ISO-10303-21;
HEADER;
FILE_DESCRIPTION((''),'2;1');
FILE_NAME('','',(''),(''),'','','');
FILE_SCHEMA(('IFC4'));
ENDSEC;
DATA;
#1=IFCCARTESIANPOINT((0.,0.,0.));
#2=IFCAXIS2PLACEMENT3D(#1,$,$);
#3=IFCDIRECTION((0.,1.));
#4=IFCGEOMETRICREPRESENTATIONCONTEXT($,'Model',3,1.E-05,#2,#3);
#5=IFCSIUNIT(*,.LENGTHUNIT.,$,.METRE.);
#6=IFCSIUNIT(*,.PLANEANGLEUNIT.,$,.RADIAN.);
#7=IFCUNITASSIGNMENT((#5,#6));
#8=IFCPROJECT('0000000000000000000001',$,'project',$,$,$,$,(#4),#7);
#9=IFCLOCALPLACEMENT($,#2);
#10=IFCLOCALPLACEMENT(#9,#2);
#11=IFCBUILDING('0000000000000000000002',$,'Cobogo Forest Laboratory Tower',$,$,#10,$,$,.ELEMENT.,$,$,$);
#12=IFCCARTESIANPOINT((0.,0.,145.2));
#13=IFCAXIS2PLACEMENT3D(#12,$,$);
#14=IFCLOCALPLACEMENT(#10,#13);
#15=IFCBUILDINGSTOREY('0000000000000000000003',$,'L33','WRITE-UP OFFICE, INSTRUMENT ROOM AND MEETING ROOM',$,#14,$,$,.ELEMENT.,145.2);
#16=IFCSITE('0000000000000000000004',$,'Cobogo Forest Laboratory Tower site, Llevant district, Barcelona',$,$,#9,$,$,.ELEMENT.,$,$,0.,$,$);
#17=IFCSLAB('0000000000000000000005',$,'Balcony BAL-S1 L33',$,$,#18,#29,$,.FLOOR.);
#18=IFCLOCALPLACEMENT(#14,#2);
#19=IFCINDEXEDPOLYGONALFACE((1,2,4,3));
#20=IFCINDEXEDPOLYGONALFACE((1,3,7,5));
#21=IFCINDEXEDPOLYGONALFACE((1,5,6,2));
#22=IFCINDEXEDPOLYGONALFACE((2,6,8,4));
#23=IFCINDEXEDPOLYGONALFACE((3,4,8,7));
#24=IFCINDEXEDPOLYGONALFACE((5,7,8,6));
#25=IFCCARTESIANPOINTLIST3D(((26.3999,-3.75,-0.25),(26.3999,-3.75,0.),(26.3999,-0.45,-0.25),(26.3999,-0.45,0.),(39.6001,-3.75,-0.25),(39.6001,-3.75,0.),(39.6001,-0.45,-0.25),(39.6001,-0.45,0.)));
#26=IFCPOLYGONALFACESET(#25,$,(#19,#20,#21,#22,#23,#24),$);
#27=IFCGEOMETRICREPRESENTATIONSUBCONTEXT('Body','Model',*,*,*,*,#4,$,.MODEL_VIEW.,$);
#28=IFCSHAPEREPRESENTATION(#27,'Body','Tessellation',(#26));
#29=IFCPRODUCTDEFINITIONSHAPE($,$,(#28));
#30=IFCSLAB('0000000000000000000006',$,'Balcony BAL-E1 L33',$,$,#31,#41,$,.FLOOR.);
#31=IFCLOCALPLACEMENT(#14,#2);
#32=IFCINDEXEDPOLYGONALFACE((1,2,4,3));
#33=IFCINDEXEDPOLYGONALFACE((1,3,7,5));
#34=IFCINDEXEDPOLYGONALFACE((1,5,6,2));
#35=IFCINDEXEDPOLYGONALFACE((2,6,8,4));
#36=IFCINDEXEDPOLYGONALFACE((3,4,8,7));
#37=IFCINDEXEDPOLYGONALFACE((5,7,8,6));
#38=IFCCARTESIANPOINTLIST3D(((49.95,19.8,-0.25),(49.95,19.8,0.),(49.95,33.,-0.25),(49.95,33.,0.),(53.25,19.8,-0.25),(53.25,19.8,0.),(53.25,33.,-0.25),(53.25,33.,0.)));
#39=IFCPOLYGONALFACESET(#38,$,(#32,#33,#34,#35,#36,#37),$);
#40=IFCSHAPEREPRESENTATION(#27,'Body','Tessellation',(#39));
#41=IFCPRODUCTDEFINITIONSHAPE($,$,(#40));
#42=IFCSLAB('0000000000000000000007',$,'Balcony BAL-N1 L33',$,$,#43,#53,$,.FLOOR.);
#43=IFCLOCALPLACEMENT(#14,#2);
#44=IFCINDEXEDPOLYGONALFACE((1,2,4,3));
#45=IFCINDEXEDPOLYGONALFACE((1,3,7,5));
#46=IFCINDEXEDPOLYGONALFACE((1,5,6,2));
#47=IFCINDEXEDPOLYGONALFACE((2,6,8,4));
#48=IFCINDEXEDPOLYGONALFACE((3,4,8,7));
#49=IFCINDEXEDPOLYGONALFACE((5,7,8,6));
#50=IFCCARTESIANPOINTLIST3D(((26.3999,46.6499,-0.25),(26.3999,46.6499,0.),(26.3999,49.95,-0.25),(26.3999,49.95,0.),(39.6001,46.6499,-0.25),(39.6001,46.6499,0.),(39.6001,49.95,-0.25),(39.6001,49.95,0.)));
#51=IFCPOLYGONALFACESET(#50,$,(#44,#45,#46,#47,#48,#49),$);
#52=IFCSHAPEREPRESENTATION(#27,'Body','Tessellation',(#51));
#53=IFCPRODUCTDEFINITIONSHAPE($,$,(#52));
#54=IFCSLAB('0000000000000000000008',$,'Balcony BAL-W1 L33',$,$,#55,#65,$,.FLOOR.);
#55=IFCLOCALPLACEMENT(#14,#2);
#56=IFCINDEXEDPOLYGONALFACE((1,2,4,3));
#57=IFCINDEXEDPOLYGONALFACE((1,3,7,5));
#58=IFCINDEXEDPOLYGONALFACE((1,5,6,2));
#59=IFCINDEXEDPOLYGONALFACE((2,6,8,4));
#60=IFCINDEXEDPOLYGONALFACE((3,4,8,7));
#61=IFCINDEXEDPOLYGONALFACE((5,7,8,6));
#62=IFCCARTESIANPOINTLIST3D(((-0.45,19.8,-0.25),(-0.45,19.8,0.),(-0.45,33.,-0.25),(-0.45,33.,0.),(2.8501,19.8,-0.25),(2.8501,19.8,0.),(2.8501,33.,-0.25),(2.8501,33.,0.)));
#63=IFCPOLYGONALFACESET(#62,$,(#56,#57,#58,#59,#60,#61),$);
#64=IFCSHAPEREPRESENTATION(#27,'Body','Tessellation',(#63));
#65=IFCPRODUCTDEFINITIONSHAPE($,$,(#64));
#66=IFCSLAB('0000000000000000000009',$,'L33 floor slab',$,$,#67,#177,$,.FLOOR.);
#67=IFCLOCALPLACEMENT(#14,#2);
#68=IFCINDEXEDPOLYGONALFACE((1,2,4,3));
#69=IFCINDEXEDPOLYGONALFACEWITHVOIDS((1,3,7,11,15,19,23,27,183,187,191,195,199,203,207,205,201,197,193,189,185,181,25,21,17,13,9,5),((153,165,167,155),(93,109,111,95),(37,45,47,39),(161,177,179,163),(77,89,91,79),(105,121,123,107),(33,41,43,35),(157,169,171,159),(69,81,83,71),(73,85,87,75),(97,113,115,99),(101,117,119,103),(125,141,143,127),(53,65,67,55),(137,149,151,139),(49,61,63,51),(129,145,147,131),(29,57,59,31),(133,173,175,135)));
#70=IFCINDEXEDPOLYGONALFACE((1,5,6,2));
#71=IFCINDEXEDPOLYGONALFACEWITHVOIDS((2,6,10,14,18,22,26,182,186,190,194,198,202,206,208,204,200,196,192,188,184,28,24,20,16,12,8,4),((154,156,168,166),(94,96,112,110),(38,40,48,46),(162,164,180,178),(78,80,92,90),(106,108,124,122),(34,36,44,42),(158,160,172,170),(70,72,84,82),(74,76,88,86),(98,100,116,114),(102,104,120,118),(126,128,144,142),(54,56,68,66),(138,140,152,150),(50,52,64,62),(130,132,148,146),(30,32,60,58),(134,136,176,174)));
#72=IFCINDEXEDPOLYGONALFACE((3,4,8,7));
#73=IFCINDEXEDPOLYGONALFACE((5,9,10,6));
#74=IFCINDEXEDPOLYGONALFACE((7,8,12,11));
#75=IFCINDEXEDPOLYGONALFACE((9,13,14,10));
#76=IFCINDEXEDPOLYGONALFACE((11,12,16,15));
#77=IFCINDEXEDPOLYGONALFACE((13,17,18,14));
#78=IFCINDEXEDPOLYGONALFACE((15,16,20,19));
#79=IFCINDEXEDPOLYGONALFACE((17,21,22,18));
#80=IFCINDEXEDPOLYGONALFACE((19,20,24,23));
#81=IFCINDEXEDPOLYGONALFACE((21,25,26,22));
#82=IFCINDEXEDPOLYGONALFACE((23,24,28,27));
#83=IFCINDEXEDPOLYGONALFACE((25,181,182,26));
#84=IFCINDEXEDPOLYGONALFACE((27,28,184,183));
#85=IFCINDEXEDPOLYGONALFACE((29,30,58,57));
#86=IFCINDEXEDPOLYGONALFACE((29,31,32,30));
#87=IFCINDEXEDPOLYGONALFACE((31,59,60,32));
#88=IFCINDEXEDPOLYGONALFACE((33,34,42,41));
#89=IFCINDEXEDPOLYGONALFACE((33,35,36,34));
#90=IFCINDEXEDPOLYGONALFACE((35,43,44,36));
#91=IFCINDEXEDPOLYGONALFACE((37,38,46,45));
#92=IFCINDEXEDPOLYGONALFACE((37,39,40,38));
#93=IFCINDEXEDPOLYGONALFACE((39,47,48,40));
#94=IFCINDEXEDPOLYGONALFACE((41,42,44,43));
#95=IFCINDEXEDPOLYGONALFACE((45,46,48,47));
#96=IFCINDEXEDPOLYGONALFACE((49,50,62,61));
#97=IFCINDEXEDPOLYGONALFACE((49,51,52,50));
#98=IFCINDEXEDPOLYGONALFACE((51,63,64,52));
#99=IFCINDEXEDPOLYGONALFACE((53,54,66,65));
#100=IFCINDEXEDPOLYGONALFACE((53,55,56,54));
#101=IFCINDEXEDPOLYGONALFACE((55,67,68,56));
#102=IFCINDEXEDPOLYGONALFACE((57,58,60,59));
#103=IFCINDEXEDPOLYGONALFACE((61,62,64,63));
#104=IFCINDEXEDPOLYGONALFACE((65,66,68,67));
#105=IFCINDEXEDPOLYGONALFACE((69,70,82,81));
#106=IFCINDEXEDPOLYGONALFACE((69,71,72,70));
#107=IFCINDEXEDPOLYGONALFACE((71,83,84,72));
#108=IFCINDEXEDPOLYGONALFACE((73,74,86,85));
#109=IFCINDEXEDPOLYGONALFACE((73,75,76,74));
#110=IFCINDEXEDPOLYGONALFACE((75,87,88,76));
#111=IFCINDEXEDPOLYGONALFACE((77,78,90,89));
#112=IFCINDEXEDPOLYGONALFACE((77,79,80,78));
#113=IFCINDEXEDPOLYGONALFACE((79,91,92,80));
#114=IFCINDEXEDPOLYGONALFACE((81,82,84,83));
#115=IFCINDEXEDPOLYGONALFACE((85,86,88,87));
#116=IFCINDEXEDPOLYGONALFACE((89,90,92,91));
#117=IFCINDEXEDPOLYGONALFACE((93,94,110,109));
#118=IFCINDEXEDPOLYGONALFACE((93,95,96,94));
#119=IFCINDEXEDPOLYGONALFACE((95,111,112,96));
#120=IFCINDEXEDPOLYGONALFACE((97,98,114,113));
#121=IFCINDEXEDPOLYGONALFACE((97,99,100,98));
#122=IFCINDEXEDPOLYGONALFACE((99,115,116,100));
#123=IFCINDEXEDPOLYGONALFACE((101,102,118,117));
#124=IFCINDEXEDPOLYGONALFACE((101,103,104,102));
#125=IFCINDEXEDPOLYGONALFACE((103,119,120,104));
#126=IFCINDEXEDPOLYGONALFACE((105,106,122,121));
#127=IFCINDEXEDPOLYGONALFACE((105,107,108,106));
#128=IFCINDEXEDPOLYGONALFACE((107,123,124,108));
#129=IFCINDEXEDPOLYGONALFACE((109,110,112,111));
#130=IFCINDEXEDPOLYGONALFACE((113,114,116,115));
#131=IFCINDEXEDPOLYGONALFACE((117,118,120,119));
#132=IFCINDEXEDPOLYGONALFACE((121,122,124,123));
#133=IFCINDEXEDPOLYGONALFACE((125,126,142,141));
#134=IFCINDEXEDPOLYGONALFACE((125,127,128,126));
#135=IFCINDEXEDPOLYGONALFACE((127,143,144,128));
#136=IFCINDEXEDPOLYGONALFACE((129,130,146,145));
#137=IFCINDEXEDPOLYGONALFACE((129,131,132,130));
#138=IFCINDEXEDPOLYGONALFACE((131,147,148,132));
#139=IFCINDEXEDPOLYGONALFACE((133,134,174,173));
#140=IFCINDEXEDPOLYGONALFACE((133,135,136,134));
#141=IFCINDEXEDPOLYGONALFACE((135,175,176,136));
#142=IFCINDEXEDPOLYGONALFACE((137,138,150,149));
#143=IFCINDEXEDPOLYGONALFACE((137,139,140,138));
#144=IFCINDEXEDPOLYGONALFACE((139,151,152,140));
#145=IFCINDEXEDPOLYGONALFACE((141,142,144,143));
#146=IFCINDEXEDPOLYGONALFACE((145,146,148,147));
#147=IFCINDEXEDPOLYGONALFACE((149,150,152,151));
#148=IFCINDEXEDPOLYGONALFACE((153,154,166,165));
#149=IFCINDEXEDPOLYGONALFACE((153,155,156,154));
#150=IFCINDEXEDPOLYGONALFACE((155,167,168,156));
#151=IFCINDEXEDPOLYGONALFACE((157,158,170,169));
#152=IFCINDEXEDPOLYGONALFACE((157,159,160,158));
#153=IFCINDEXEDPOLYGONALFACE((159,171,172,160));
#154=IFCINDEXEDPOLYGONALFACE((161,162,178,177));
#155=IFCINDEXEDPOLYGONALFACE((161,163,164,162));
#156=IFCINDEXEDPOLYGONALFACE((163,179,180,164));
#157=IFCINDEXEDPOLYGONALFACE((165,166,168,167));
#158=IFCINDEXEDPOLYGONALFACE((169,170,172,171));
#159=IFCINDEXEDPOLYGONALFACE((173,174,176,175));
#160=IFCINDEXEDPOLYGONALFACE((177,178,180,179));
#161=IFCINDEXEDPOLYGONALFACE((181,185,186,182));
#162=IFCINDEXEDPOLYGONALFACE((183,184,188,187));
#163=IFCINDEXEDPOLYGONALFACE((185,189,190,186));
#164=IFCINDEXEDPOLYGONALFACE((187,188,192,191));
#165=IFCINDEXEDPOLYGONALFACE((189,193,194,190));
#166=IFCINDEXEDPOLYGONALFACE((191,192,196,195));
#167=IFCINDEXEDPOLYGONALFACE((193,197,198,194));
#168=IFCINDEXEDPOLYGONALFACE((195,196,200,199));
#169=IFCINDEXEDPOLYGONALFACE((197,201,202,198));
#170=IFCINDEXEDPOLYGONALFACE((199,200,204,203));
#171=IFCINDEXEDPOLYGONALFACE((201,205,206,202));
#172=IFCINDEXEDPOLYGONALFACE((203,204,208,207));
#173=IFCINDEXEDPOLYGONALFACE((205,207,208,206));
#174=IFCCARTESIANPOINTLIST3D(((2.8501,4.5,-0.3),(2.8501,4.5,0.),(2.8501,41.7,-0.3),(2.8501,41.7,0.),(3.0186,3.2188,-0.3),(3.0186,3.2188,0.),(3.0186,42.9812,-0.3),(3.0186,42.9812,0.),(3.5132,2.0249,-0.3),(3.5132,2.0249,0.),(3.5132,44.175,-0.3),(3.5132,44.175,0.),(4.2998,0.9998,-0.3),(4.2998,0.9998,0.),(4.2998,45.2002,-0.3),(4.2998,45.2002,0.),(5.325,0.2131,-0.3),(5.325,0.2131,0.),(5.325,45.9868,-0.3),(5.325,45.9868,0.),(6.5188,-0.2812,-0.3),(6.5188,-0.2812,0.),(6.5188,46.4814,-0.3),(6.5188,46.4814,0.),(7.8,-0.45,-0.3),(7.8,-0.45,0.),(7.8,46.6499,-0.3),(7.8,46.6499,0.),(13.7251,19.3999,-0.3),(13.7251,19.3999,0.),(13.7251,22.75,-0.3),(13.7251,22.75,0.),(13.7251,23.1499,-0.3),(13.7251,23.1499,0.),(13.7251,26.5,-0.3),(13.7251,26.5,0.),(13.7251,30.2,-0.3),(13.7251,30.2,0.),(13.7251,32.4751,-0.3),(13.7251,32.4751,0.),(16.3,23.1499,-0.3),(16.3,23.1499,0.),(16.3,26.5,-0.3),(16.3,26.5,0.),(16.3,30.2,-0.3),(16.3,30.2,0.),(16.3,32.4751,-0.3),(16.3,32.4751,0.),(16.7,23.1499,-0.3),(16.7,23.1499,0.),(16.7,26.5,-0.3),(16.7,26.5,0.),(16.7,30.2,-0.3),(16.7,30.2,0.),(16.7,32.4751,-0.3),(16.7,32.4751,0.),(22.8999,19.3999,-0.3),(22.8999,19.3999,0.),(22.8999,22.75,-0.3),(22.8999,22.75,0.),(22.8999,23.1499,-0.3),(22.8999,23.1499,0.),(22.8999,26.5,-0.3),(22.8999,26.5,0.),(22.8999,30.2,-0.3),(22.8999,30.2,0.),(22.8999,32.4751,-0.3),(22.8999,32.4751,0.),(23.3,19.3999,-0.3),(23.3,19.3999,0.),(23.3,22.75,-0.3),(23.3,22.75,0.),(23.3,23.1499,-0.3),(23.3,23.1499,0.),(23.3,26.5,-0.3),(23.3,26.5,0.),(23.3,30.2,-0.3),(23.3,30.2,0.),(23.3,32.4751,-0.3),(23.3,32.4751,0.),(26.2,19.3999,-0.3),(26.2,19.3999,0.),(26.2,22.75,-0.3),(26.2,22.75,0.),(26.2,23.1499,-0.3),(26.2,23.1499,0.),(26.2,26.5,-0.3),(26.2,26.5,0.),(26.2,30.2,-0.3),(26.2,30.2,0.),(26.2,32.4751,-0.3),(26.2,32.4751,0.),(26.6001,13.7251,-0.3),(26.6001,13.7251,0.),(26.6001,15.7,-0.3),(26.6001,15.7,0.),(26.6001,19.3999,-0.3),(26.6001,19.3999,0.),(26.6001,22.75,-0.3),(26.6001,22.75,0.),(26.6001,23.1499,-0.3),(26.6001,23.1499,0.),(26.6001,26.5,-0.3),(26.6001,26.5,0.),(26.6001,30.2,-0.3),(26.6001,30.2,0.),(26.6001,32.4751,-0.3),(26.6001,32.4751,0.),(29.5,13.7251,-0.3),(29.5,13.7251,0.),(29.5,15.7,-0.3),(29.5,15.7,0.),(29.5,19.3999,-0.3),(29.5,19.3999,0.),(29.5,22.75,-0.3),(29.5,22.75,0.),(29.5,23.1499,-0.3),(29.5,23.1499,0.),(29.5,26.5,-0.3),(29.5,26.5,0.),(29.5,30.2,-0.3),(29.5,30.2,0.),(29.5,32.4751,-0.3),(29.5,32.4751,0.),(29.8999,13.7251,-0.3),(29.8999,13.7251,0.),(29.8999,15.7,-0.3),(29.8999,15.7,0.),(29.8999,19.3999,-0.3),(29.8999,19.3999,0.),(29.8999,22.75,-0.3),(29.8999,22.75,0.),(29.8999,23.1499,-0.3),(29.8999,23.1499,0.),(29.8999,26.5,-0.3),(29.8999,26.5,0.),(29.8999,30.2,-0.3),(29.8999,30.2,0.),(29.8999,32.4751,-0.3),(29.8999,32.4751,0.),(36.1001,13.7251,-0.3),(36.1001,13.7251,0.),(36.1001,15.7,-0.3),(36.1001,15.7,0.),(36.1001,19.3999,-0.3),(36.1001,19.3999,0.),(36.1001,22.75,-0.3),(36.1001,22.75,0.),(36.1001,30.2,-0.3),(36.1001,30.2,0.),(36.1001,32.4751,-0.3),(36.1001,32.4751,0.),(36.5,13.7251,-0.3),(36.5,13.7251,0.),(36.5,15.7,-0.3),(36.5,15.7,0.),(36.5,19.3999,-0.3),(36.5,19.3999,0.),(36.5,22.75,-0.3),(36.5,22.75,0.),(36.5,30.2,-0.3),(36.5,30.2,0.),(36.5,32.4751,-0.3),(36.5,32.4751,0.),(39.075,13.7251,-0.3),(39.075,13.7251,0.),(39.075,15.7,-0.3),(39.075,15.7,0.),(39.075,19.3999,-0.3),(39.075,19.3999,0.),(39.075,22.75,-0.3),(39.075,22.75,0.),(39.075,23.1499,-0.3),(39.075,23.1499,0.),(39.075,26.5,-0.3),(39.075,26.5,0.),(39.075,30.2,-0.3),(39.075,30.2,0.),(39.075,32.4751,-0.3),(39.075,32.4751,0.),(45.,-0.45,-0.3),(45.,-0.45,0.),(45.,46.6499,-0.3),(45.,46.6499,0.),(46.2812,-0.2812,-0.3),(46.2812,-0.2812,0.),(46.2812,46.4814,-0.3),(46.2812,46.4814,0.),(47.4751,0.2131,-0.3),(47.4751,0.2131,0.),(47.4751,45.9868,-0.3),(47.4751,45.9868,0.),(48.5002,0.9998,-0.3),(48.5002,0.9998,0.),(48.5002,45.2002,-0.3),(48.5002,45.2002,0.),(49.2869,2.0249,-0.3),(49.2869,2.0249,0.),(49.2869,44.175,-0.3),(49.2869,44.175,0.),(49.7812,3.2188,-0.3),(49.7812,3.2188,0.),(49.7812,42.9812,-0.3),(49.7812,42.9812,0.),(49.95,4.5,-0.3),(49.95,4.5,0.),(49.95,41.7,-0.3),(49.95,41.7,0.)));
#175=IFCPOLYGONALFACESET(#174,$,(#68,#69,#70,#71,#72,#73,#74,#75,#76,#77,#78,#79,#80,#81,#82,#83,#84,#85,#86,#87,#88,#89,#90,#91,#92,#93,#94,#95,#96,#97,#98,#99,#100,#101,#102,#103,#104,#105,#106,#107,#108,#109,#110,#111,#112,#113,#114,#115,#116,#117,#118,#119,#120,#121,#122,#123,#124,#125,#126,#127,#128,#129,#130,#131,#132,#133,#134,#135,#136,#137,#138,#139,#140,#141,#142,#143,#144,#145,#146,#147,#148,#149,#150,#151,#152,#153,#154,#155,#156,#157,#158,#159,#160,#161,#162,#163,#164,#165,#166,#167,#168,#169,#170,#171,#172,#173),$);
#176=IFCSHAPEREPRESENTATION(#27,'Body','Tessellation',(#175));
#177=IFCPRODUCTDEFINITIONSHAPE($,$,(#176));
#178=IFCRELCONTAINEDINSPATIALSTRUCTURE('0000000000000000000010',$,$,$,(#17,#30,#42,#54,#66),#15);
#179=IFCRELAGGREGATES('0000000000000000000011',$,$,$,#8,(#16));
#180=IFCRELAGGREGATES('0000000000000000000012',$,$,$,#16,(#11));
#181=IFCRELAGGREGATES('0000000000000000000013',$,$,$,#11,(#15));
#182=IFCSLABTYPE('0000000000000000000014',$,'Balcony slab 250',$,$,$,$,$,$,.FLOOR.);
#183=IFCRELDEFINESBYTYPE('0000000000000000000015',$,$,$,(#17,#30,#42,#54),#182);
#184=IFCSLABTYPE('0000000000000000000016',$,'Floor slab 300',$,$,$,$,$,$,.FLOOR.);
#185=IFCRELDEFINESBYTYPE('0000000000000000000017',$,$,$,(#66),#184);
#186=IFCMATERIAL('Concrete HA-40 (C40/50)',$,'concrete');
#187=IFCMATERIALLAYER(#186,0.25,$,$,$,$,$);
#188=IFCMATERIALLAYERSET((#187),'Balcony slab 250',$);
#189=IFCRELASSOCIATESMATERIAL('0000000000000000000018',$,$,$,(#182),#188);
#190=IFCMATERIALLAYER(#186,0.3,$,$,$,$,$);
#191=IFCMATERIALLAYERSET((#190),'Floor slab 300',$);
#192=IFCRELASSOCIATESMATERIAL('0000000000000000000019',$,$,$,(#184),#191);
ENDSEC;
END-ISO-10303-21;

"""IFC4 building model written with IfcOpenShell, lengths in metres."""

from ifc_helpers import new_model, si_unit, direction, frame, origin, place, context, subcontext, project, spatial, polyline, outline, extrude, material, layer, layer_set, type_object, element, save


model = new_model("IFC4")

# Units and contexts
model_context = context("Model", 3, precision=1e-05, world=origin(), true_north=direction((0.0, 1.0)))
body_context = subcontext(model_context, "Body", "Model", "MODEL_VIEW")
ifc_project = project(units=[si_unit("LENGTHUNIT", "METRE"), si_unit("PLANEANGLEUNIT", "RADIAN")], contexts=[model_context])

# Site, building, storey
site_placement = place(None, origin())
site = spatial("IfcSite", under=ifc_project, at=site_placement, Name="Cobogo Forest Laboratory Tower site, Llevant district, Barcelona", CompositionType="ELEMENT", RefElevation=0.0)
building_placement = place(site_placement, origin())
building = spatial("IfcBuilding", under=site, at=building_placement, Name="Cobogo Forest Laboratory Tower", CompositionType="ELEMENT")
storey_placement = place(building_placement, frame((0.0, 0.0, 145.2)))
storey = spatial("IfcBuildingStorey", under=building, at=storey_placement, Name="L33", Description="WRITE-UP OFFICE, INSTRUMENT ROOM AND MEETING ROOM", CompositionType="ELEMENT", Elevation=145.2)

# Slabs
ifc_material_1 = material(Name="Concrete HA-40 (C40/50)", Category="concrete")
ifc_layer_1 = layer(ifc_material_1, 0.25)
ifc_layer_set_1 = layer_set([ifc_layer_1], Name="Balcony slab 250")
slab_type_1 = type_object("IfcSlabType", Name="Balcony slab 250", PredefinedType="FLOOR", material=ifc_layer_set_1)
slab_1_placement = place(storey_placement, frame((0.0, 0.0, -0.25)))
element("IfcSlab", 1, at=slab_1_placement, inside=storey, type_object=slab_type_1, Name="Balcony BAL-S1 L33", PredefinedType="FLOOR", context=body_context, shape_type="SweptSolid", body=[
    extrude(outline(polyline([(26.3999, -3.75), (39.6001, -3.75), (39.6001, -0.45), (26.3999, -0.45), (26.3999, -3.75)])), origin(), (0.0, 0.0, 1.0), 0.25),
])
slab_2_placement = place(storey_placement, frame((0.0, 0.0, -0.25)))
element("IfcSlab", 2, at=slab_2_placement, inside=storey, type_object=slab_type_1, Name="Balcony BAL-E1 L33", PredefinedType="FLOOR", context=body_context, shape_type="SweptSolid", body=[
    extrude(outline(polyline([(49.95, 19.8), (53.25, 19.8), (53.25, 33.0), (49.95, 33.0), (49.95, 19.8)])), origin(), (0.0, 0.0, 1.0), 0.25),
])
slab_3_placement = place(storey_placement, frame((0.0, 0.0, -0.25)))
element("IfcSlab", 3, at=slab_3_placement, inside=storey, type_object=slab_type_1, Name="Balcony BAL-N1 L33", PredefinedType="FLOOR", context=body_context, shape_type="SweptSolid", body=[
    extrude(outline(polyline([(26.3999, 46.6499), (39.6001, 46.6499), (39.6001, 49.95), (26.3999, 49.95), (26.3999, 46.6499)])), origin(), (0.0, 0.0, 1.0), 0.25),
])
slab_4_placement = place(storey_placement, frame((0.0, 0.0, -0.25)))
element("IfcSlab", 4, at=slab_4_placement, inside=storey, type_object=slab_type_1, Name="Balcony BAL-W1 L33", PredefinedType="FLOOR", context=body_context, shape_type="SweptSolid", body=[
    extrude(outline(polyline([(-0.45, 19.8), (2.8501, 19.8), (2.8501, 33.0), (-0.45, 33.0), (-0.45, 19.8)])), origin(), (0.0, 0.0, 1.0), 0.25),
])
ifc_layer_2 = layer(ifc_material_1, 0.3)
ifc_layer_set_2 = layer_set([ifc_layer_2], Name="Floor slab 300")
slab_type_2 = type_object("IfcSlabType", Name="Floor slab 300", PredefinedType="FLOOR", material=ifc_layer_set_2)
slab_5_placement = place(storey_placement, frame((0.0, 0.0, -0.3)))
element("IfcSlab", 5, at=slab_5_placement, inside=storey, type_object=slab_type_2, Name="L33 floor slab", PredefinedType="FLOOR", context=body_context, shape_type="SweptSolid", body=[
    extrude(outline(polyline([(45.0, -0.45), (46.2812, -0.2812), (47.4751, 0.2131), (48.5002, 0.9998), (49.2869, 2.0249), (49.7812, 3.2188), (49.95, 4.5), (49.95, 41.7), (49.7812, 42.9812), (49.2869, 44.175), (48.5002, 45.2002), (47.4751, 45.9868), (46.2812, 46.4814), (45.0, 46.6499), (7.8, 46.6499), (6.5188, 46.4814), (5.325, 45.9868), (4.2998, 45.2002), (3.5132, 44.175), (3.0186, 42.9812), (2.8501, 41.7), (2.8501, 4.5), (3.0186, 3.2188), (3.5132, 2.0249), (4.2998, 0.9998), (5.325, 0.2131), (6.5188, -0.2812), (7.8, -0.45), (45.0, -0.45)]), holes=[polyline([(29.5, 13.7251), (26.6001, 13.7251), (26.6001, 15.7), (29.5, 15.7), (29.5, 13.7251)]), polyline([(36.1001, 15.7), (36.1001, 13.7251), (29.8999, 13.7251), (29.8999, 15.7), (36.1001, 15.7)]), polyline([(36.5, 13.7251), (36.5, 15.7), (39.075, 15.7), (39.075, 13.7251), (36.5, 13.7251)]), polyline([(13.7251, 19.3999), (13.7251, 22.75), (22.8999, 22.75), (22.8999, 19.3999), (13.7251, 19.3999)]), polyline([(23.3, 19.3999), (23.3, 22.75), (26.2, 22.75), (26.2, 19.3999), (23.3, 19.3999)]), polyline([(29.5, 19.3999), (26.6001, 19.3999), (26.6001, 22.75), (29.5, 22.75), (29.5, 19.3999)]), polyline([(36.1001, 22.75), (36.1001, 19.3999), (29.8999, 19.3999), (29.8999, 22.75), (36.1001, 22.75)]), polyline([(39.075, 19.3999), (36.5, 19.3999), (36.5, 22.75), (39.075, 22.75), (39.075, 19.3999)]), polyline([(16.3, 23.1499), (13.7251, 23.1499), (13.7251, 26.5), (16.3, 26.5), (16.3, 23.1499)]), polyline([(22.8999, 26.5), (22.8999, 23.1499), (16.7, 23.1499), (16.7, 26.5), (22.8999, 26.5)]), polyline([(26.2, 23.1499), (23.3, 23.1499), (23.3, 26.5), (26.2, 26.5), (26.2, 23.1499)]), polyline([(26.6001, 23.1499), (26.6001, 26.5), (29.5, 26.5), (29.5, 23.1499), (26.6001, 23.1499)]), polyline([(29.8999, 23.1499), (29.8999, 26.5), (39.075, 26.5), (39.075, 23.1499), (29.8999, 23.1499)]), polyline([(13.7251, 30.2), (13.7251, 32.4751), (16.3, 32.4751), (16.3, 30.2), (13.7251, 30.2)]), polyline([(22.8999, 32.4751), (22.8999, 30.2), (16.7, 30.2), (16.7, 32.4751), (22.8999, 32.4751)]), polyline([(23.3, 30.2), (23.3, 32.4751), (26.2, 32.4751), (26.2, 30.2), (23.3, 30.2)]), polyline([(26.6001, 30.2), (26.6001, 32.4751), (29.5, 32.4751), (29.5, 30.2), (26.6001, 30.2)]), polyline([(36.1001, 32.4751), (36.1001, 30.2), (29.8999, 30.2), (29.8999, 32.4751), (36.1001, 32.4751)]), polyline([(36.5, 30.2), (36.5, 32.4751), (39.075, 32.4751), (39.075, 30.2), (36.5, 30.2)])]), origin(), (0.0, 0.0, 1.0), 0.3),
])

save(model, "model.ifc")
